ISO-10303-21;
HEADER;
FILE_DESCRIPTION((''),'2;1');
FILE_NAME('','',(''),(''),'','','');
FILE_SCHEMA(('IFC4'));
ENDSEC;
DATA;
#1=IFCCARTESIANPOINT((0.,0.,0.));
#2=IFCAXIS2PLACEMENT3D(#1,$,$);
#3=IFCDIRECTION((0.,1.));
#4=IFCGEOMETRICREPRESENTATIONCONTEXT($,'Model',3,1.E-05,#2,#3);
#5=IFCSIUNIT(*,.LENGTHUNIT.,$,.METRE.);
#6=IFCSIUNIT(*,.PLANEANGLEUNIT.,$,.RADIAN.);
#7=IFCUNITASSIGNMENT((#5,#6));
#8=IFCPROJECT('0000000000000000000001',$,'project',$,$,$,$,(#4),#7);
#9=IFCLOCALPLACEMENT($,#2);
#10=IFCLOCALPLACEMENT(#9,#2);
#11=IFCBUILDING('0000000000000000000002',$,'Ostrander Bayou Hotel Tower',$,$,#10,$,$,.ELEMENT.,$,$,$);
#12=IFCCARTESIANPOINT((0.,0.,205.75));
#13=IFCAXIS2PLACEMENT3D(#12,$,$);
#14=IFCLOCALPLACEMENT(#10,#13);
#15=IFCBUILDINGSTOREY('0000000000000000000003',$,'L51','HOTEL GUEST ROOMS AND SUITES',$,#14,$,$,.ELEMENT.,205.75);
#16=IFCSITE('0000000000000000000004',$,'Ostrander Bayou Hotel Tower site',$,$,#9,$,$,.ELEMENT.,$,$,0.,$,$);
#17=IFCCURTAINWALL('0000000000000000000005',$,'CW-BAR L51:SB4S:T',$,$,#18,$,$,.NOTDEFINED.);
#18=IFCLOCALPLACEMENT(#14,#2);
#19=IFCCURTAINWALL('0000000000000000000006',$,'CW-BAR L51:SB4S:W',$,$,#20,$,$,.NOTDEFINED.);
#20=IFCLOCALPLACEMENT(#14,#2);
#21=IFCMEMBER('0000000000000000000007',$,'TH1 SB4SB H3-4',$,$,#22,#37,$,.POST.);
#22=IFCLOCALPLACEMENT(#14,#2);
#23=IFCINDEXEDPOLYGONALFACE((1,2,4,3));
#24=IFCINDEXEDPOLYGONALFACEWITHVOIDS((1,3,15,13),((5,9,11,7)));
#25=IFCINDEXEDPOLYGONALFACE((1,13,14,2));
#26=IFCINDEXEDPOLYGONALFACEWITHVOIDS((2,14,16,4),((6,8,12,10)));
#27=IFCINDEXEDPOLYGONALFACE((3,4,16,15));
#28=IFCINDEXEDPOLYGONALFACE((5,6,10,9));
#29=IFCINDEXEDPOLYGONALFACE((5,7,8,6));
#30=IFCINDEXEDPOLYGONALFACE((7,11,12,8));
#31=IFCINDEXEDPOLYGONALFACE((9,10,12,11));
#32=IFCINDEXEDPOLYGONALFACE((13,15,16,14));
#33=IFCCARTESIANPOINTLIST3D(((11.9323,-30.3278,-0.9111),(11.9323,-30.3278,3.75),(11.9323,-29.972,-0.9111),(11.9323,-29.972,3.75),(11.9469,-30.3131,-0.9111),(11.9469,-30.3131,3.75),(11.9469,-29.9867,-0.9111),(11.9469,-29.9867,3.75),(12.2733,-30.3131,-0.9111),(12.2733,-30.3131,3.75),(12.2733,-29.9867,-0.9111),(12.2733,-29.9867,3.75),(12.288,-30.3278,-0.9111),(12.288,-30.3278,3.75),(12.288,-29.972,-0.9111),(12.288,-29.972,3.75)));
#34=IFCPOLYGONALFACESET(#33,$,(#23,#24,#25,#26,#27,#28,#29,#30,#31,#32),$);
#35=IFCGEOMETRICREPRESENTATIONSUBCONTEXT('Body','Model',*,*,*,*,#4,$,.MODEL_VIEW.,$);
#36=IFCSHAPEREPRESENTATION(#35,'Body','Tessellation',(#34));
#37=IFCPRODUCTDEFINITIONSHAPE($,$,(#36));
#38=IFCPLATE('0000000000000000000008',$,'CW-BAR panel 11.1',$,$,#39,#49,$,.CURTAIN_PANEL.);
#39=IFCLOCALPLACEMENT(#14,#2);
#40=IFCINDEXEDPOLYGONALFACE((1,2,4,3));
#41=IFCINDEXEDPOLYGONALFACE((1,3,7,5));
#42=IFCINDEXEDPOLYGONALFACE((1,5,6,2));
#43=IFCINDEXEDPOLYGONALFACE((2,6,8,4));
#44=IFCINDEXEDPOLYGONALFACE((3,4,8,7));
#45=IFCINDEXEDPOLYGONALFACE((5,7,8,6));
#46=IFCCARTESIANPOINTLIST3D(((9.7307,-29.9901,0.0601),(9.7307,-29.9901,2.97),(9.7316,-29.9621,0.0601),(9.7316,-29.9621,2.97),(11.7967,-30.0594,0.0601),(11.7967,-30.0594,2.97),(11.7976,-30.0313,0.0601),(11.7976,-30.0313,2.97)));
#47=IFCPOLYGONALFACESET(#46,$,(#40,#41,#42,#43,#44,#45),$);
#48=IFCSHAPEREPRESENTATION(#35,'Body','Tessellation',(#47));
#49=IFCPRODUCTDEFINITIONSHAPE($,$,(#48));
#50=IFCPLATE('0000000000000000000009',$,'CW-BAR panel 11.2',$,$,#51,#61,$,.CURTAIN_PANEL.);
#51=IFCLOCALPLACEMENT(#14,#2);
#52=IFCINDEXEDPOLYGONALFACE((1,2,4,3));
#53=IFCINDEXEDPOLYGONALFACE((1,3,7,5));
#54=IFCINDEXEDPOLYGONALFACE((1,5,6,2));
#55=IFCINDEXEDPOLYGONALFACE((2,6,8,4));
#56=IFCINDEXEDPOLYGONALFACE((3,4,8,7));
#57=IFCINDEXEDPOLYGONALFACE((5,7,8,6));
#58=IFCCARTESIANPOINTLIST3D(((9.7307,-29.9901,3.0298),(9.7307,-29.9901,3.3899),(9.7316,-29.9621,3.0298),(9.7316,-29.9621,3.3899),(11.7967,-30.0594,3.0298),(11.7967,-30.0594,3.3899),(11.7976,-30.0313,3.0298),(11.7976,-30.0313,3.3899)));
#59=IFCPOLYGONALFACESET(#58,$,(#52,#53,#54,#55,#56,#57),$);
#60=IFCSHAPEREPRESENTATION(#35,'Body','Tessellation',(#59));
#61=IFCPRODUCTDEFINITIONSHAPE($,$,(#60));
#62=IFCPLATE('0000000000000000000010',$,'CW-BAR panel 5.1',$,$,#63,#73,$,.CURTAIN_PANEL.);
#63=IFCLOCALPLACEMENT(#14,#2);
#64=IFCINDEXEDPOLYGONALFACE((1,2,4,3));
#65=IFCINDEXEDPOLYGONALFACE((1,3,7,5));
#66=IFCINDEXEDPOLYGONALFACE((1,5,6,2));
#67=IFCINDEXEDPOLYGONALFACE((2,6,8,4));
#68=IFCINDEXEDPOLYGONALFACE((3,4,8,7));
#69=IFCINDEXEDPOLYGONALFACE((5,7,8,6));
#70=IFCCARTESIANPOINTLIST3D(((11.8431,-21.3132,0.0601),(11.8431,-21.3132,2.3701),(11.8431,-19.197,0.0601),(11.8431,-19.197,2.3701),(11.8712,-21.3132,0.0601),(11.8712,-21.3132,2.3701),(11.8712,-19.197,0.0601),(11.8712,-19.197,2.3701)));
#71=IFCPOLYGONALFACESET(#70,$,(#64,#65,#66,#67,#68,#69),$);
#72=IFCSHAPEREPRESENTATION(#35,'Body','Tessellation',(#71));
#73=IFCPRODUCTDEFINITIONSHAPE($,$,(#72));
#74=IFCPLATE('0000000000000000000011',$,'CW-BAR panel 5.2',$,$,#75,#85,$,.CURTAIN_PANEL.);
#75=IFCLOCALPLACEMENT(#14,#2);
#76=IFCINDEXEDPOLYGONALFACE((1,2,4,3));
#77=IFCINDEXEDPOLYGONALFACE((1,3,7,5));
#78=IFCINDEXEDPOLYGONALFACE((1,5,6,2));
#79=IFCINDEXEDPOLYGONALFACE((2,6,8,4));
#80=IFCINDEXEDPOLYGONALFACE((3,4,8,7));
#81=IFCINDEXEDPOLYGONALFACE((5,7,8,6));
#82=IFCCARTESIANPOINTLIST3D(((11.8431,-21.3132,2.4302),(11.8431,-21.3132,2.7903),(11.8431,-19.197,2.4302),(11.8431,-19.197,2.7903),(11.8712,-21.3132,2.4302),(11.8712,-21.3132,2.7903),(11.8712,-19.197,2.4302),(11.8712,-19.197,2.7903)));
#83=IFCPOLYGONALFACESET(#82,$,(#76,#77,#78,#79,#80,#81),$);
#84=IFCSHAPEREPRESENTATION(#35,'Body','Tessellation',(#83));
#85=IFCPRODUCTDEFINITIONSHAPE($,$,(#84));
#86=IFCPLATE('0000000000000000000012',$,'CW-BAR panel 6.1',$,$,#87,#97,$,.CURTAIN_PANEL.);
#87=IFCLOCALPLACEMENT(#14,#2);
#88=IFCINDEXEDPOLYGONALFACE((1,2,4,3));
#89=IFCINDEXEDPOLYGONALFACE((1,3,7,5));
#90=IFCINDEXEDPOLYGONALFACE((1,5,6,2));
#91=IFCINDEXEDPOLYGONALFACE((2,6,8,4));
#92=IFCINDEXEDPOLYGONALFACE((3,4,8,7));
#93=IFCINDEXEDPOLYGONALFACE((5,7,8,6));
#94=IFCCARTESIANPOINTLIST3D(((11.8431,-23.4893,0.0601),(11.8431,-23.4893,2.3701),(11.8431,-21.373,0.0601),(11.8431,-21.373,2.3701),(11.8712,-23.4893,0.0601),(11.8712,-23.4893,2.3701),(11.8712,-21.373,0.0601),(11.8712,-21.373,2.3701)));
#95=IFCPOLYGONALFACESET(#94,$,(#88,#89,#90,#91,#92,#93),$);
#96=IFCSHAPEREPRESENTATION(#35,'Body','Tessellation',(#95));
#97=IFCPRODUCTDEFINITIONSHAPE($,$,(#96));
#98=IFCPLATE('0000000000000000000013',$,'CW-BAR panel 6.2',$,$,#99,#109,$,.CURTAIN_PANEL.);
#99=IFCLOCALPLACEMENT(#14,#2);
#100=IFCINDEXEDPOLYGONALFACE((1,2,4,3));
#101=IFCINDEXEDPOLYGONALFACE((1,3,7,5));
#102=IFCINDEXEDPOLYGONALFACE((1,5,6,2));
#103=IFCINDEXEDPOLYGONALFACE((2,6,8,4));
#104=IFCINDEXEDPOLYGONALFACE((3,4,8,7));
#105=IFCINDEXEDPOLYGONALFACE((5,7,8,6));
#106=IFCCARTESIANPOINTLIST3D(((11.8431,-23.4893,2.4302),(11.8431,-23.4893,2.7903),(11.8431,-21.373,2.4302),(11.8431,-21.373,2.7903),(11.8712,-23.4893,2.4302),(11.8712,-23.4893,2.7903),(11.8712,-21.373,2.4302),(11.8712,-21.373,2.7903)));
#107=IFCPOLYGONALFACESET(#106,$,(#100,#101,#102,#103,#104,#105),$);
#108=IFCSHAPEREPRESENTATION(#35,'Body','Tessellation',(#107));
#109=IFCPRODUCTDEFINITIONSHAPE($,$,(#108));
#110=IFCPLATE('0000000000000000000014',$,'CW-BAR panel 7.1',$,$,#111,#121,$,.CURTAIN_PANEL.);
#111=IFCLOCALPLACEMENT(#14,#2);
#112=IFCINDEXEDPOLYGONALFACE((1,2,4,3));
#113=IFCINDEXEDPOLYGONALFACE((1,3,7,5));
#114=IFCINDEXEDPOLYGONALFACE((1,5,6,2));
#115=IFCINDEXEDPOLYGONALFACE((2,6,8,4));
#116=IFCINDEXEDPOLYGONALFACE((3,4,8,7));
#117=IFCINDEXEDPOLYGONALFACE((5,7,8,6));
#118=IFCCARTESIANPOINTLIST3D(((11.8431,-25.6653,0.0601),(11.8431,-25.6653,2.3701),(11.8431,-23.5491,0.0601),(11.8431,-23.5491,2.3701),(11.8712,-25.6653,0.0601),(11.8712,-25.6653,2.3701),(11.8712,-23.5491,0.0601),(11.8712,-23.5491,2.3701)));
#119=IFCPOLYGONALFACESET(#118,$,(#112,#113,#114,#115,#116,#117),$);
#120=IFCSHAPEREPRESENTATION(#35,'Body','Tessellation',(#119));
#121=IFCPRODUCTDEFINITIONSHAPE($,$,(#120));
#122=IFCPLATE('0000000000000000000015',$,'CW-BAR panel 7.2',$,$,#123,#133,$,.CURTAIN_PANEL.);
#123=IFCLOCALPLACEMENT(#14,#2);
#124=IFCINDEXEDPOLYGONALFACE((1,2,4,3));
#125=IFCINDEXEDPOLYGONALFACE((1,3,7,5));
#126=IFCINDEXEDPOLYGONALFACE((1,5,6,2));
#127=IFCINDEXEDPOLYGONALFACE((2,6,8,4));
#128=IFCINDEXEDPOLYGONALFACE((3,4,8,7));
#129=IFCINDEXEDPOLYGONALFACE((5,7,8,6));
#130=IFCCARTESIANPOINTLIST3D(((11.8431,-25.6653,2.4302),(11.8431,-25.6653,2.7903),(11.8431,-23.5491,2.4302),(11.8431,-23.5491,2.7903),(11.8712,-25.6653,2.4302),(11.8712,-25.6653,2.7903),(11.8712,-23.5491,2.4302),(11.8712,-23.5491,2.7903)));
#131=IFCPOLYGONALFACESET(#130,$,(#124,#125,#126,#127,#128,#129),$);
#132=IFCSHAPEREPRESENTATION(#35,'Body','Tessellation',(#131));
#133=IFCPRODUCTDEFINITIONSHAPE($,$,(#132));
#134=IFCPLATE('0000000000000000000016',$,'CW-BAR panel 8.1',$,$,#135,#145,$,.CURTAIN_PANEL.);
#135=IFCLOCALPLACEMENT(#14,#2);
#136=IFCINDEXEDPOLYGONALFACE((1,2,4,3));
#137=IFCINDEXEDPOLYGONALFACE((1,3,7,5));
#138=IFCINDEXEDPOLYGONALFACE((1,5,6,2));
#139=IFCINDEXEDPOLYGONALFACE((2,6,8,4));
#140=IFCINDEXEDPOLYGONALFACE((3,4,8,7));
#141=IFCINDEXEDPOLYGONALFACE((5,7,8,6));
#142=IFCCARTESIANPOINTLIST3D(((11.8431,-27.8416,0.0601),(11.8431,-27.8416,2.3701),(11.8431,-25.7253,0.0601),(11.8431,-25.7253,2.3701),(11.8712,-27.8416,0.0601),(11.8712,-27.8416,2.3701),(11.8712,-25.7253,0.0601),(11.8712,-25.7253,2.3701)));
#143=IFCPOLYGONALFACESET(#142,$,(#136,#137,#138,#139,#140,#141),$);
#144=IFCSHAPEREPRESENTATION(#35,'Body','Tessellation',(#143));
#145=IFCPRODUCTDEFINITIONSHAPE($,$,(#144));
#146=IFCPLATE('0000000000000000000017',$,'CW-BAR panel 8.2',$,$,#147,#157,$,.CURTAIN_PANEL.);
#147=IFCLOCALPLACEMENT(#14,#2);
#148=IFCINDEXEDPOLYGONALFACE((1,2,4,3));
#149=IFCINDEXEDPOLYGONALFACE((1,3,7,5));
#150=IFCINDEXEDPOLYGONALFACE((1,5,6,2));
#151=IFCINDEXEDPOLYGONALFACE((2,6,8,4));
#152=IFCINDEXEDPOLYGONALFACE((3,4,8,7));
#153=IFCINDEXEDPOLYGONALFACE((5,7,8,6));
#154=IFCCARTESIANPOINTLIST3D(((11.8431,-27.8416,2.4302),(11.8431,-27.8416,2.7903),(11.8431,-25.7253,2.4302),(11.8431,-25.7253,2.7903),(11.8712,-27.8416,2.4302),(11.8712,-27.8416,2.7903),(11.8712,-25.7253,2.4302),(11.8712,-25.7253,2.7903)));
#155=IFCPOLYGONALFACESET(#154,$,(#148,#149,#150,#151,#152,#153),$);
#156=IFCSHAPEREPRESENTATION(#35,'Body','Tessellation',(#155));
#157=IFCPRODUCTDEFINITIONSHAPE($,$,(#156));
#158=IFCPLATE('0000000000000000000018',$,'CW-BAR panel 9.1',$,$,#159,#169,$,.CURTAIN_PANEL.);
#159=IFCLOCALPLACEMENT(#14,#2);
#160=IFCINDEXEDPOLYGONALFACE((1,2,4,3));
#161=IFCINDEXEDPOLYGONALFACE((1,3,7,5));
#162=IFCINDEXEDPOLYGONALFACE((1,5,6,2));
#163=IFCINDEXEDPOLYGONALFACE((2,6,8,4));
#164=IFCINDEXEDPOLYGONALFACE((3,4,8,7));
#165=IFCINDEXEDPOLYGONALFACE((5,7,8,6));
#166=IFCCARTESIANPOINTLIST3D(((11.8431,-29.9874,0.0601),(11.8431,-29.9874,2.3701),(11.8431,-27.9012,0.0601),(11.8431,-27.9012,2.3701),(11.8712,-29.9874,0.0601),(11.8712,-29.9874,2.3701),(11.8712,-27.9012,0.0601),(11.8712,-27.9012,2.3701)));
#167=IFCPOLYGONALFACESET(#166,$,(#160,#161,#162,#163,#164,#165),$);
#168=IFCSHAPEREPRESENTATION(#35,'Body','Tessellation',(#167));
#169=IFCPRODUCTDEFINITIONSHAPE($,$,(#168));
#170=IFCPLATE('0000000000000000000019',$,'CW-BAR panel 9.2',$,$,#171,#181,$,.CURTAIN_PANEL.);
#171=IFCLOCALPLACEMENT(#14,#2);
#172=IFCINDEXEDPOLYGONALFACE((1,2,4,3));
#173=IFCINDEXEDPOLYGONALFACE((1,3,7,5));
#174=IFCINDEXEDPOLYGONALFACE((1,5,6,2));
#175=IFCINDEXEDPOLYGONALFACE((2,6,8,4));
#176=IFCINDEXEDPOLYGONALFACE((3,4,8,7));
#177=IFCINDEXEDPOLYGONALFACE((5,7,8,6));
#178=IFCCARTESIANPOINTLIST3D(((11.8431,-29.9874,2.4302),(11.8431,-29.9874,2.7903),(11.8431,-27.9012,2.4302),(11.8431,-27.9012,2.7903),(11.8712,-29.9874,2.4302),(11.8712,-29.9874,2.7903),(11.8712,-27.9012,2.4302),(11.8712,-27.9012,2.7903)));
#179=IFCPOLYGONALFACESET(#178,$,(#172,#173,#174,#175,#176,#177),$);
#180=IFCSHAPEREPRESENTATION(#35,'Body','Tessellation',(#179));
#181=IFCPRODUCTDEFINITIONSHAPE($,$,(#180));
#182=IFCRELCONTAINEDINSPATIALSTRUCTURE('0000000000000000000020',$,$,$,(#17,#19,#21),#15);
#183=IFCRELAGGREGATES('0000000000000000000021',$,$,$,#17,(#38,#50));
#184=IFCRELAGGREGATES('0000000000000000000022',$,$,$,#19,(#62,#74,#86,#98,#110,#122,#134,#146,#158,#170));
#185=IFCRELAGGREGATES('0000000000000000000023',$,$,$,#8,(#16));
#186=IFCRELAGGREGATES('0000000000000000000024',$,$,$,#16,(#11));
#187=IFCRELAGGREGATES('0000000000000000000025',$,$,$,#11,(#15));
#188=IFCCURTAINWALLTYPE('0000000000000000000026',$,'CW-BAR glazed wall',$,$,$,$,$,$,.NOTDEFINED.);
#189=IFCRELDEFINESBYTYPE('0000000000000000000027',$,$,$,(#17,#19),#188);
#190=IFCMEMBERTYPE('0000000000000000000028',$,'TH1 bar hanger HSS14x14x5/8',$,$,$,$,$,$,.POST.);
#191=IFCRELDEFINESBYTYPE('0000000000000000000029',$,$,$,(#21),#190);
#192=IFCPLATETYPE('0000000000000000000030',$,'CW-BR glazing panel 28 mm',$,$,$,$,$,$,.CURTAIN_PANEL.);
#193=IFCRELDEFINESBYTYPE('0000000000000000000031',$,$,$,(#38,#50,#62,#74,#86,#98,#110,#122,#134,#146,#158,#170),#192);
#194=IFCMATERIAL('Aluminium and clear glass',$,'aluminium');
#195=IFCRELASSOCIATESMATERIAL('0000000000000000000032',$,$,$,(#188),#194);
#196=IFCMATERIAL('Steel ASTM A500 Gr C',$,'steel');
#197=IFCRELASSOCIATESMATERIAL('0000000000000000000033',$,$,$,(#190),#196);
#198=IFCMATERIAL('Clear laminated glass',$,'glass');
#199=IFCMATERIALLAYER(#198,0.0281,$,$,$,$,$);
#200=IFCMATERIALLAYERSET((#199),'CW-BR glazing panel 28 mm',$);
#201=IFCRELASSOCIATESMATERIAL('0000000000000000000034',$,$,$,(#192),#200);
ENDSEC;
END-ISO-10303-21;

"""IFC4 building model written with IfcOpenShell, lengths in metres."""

from ifc_helpers import new_model, si_unit, direction, frame, origin, origin_2d, place, context, subcontext, project, spatial, rectangle, hollow_rectangle, extrude, material, layer, layer_set, material_profile, profile_set, type_object, element, aggregate, save


model = new_model("IFC4")

# Units and contexts
model_context = context("Model", 3, precision=1e-05, world=origin(), true_north=direction((0.0, 1.0)))
body_context = subcontext(model_context, "Body", "Model", "MODEL_VIEW")
ifc_project = project(units=[si_unit("LENGTHUNIT", "METRE"), si_unit("PLANEANGLEUNIT", "RADIAN")], contexts=[model_context])

# Site, building, storey
site_placement = place(None, origin())
site = spatial("IfcSite", under=ifc_project, at=site_placement, Name="Ostrander Bayou Hotel Tower site", CompositionType="ELEMENT", RefElevation=0.0)
building_placement = place(site_placement, origin())
building = spatial("IfcBuilding", under=site, at=building_placement, Name="Ostrander Bayou Hotel Tower", CompositionType="ELEMENT")
storey_placement = place(building_placement, frame((0.0, 0.0, 205.75)))
storey = spatial("IfcBuildingStorey", under=building, at=storey_placement, Name="L51", Description="HOTEL GUEST ROOMS AND SUITES", CompositionType="ELEMENT", Elevation=205.75)

# Curtain wall
ifc_material_1 = material(Name="Aluminium and clear glass", Category="aluminium")
curtain_wall_type = type_object("IfcCurtainWallType", Name="CW-BAR glazed wall", PredefinedType="NOTDEFINED", material=ifc_material_1)
curtain_wall_1_placement = place(storey_placement, origin())
curtain_wall_1 = element("IfcCurtainWall", 1, at=curtain_wall_1_placement, inside=storey, type_object=curtain_wall_type, Name="CW-BAR L51:SB4S:T", PredefinedType="NOTDEFINED")

# Curtain wall
curtain_wall_2_placement = place(storey_placement, origin())
curtain_wall_2 = element("IfcCurtainWall", 2, at=curtain_wall_2_placement, inside=storey, type_object=curtain_wall_type, Name="CW-BAR L51:SB4S:W", PredefinedType="NOTDEFINED")

# Member
ifc_material_2 = material(Name="Steel ASTM A500 Gr C", Category="steel")
ifc_material_profile_1 = material_profile(ifc_material_2, hollow_rectangle(XDim=0.3557, YDim=0.3557, WallThickness=0.0146, at=origin_2d()))
ifc_profile_set_1 = profile_set([ifc_material_profile_1], Name="Steel ASTM A500 Gr C")
member_type_1 = type_object("IfcMemberType", Name="TH1 bar hanger HSS14x14x5/8", PredefinedType="POST", material=ifc_profile_set_1)
for number, where, z_axis, x_axis, name in (
    (3, (12.1101, -30.1499, -0.9111), (0.0, 0.0, 1.0), (1.0, 0.0, 0.0), "TH1 SB4SB H3-4"),
):
    element("IfcMember", number, at=place(storey_placement, frame(where, z_axis=z_axis, x_axis=x_axis)), inside=storey, type_object=member_type_1, Name=name, PredefinedType="POST", context=body_context, shape_type="SweptSolid", body=[
        extrude(hollow_rectangle(XDim=0.3557, YDim=0.3557, WallThickness=0.0146, at=origin_2d()), origin(), (0.0, 0.0, 1.0), 4.6611),
    ])

# Plates
ifc_material_3 = material(Name="Clear laminated glass", Category="glass")
ifc_layer = layer(ifc_material_3, 0.0281)
ifc_layer_set = layer_set([ifc_layer], Name="CW-BR glazing panel 28 mm")
plate_type = type_object("IfcPlateType", Name="CW-BR glazing panel 28 mm", PredefinedType="CURTAIN_PANEL", material=ifc_layer_set)
plate_1_placement = place(storey_placement, frame((10.7642, -30.0107, 0.0601), z_axis=(0.0, 0.0, 1.0), x_axis=(0.999439, -0.033505, 0.0)))
plate_1 = element("IfcPlate", 4, at=plate_1_placement, type_object=plate_type, Name="CW-BAR panel 11.1", PredefinedType="CURTAIN_PANEL", context=body_context, shape_type="SweptSolid", body=[
    extrude(rectangle(XDim=2.0671, YDim=0.0281, at=origin_2d()), origin(), (0.0, 0.0, 1.0), 2.9099),
])
plate_2_placement = place(storey_placement, frame((10.7642, -30.0107, 3.0298), z_axis=(0.0, 0.0, 1.0), x_axis=(0.999439, -0.033505, 0.0)))
plate_2 = element("IfcPlate", 5, at=plate_2_placement, type_object=plate_type, Name="CW-BAR panel 11.2", PredefinedType="CURTAIN_PANEL", context=body_context, shape_type="SweptSolid", body=[
    extrude(rectangle(XDim=2.0671, YDim=0.0281, at=origin_2d()), origin(), (0.0, 0.0, 1.0), 0.3601),
])
aggregate(curtain_wall_1, [plate_1, plate_2])
plate_3_placement = place(storey_placement, frame((11.8572, -20.2551, 0.0601), z_axis=(0.0, 0.0, 1.0), x_axis=(0.0, -1.0, 0.0)))
plate_3 = element("IfcPlate", 6, at=plate_3_placement, type_object=plate_type, Name="CW-BAR panel 5.1", PredefinedType="CURTAIN_PANEL", context=body_context, shape_type="SweptSolid", body=[
    extrude(rectangle(XDim=2.1162, YDim=0.0281, at=origin_2d()), origin(), (0.0, 0.0, 1.0), 2.3101),
])
plate_4_placement = place(storey_placement, frame((11.8572, -20.2551, 2.4302), z_axis=(0.0, 0.0, 1.0), x_axis=(0.0, -1.0, 0.0)))
plate_4 = element("IfcPlate", 7, at=plate_4_placement, type_object=plate_type, Name="CW-BAR panel 5.2", PredefinedType="CURTAIN_PANEL", context=body_context, shape_type="SweptSolid", body=[
    extrude(rectangle(XDim=2.1162, YDim=0.0281, at=origin_2d()), origin(), (0.0, 0.0, 1.0), 0.3601),
])
plate_5_placement = place(storey_placement, frame((11.8572, -22.4312, 0.0601), z_axis=(0.0, 0.0, 1.0), x_axis=(0.0, -1.0, 0.0)))
plate_5 = element("IfcPlate", 8, at=plate_5_placement, type_object=plate_type, Name="CW-BAR panel 6.1", PredefinedType="CURTAIN_PANEL", context=body_context, shape_type="SweptSolid", body=[
    extrude(rectangle(XDim=2.1162, YDim=0.0281, at=origin_2d()), origin(), (0.0, 0.0, 1.0), 2.3101),
])
plate_6_placement = place(storey_placement, frame((11.8572, -22.4312, 2.4302), z_axis=(0.0, 0.0, 1.0), x_axis=(0.0, -1.0, 0.0)))
plate_6 = element("IfcPlate", 9, at=plate_6_placement, type_object=plate_type, Name="CW-BAR panel 6.2", PredefinedType="CURTAIN_PANEL", context=body_context, shape_type="SweptSolid", body=[
    extrude(rectangle(XDim=2.1162, YDim=0.0281, at=origin_2d()), origin(), (0.0, 0.0, 1.0), 0.3601),
])
plate_7_placement = place(storey_placement, frame((11.8572, -24.6072, 0.0601), z_axis=(0.0, 0.0, 1.0), x_axis=(0.0, -1.0, 0.0)))
plate_7 = element("IfcPlate", 10, at=plate_7_placement, type_object=plate_type, Name="CW-BAR panel 7.1", PredefinedType="CURTAIN_PANEL", context=body_context, shape_type="SweptSolid", body=[
    extrude(rectangle(XDim=2.1162, YDim=0.0281, at=origin_2d()), origin(), (0.0, 0.0, 1.0), 2.3101),
])
plate_8_placement = place(storey_placement, frame((11.8572, -24.6072, 2.4302), z_axis=(0.0, 0.0, 1.0), x_axis=(0.0, -1.0, 0.0)))
plate_8 = element("IfcPlate", 11, at=plate_8_placement, type_object=plate_type, Name="CW-BAR panel 7.2", PredefinedType="CURTAIN_PANEL", context=body_context, shape_type="SweptSolid", body=[
    extrude(rectangle(XDim=2.1162, YDim=0.0281, at=origin_2d()), origin(), (0.0, 0.0, 1.0), 0.3601),
])
plate_9_placement = place(storey_placement, frame((11.8572, -26.7834, 0.0601), z_axis=(0.0, 0.0, 1.0), x_axis=(0.0, -1.0, 0.0)))
plate_9 = element("IfcPlate", 12, at=plate_9_placement, type_object=plate_type, Name="CW-BAR panel 8.1", PredefinedType="CURTAIN_PANEL", context=body_context, shape_type="SweptSolid", body=[
    extrude(rectangle(XDim=2.1162, YDim=0.0281, at=origin_2d()), origin(), (0.0, 0.0, 1.0), 2.3101),
])
plate_10_placement = place(storey_placement, frame((11.8572, -26.7834, 2.4302), z_axis=(0.0, 0.0, 1.0), x_axis=(0.0, -1.0, 0.0)))
plate_10 = element("IfcPlate", 13, at=plate_10_placement, type_object=plate_type, Name="CW-BAR panel 8.2", PredefinedType="CURTAIN_PANEL", context=body_context, shape_type="SweptSolid", body=[
    extrude(rectangle(XDim=2.1162, YDim=0.0281, at=origin_2d()), origin(), (0.0, 0.0, 1.0), 0.3601),
])
plate_11_placement = place(storey_placement, frame((11.8572, -28.9443, 0.0601), z_axis=(0.0, 0.0, 1.0), x_axis=(0.0, -1.0, 0.0)))
plate_11 = element("IfcPlate", 14, at=plate_11_placement, type_object=plate_type, Name="CW-BAR panel 9.1", PredefinedType="CURTAIN_PANEL", context=body_context, shape_type="SweptSolid", body=[
    extrude(rectangle(XDim=2.0862, YDim=0.0281, at=origin_2d()), origin(), (0.0, 0.0, 1.0), 2.3101),
])
plate_12_placement = place(storey_placement, frame((11.8572, -28.9443, 2.4302), z_axis=(0.0, 0.0, 1.0), x_axis=(0.0, -1.0, 0.0)))
plate_12 = element("IfcPlate", 15, at=plate_12_placement, type_object=plate_type, Name="CW-BAR panel 9.2", PredefinedType="CURTAIN_PANEL", context=body_context, shape_type="SweptSolid", body=[
    extrude(rectangle(XDim=2.0862, YDim=0.0281, at=origin_2d()), origin(), (0.0, 0.0, 1.0), 0.3601),
])
aggregate(curtain_wall_2, [plate_3, plate_4, plate_5, plate_6, plate_7, plate_8, plate_9, plate_10, plate_11, plate_12])

save(model, "model.ifc")
